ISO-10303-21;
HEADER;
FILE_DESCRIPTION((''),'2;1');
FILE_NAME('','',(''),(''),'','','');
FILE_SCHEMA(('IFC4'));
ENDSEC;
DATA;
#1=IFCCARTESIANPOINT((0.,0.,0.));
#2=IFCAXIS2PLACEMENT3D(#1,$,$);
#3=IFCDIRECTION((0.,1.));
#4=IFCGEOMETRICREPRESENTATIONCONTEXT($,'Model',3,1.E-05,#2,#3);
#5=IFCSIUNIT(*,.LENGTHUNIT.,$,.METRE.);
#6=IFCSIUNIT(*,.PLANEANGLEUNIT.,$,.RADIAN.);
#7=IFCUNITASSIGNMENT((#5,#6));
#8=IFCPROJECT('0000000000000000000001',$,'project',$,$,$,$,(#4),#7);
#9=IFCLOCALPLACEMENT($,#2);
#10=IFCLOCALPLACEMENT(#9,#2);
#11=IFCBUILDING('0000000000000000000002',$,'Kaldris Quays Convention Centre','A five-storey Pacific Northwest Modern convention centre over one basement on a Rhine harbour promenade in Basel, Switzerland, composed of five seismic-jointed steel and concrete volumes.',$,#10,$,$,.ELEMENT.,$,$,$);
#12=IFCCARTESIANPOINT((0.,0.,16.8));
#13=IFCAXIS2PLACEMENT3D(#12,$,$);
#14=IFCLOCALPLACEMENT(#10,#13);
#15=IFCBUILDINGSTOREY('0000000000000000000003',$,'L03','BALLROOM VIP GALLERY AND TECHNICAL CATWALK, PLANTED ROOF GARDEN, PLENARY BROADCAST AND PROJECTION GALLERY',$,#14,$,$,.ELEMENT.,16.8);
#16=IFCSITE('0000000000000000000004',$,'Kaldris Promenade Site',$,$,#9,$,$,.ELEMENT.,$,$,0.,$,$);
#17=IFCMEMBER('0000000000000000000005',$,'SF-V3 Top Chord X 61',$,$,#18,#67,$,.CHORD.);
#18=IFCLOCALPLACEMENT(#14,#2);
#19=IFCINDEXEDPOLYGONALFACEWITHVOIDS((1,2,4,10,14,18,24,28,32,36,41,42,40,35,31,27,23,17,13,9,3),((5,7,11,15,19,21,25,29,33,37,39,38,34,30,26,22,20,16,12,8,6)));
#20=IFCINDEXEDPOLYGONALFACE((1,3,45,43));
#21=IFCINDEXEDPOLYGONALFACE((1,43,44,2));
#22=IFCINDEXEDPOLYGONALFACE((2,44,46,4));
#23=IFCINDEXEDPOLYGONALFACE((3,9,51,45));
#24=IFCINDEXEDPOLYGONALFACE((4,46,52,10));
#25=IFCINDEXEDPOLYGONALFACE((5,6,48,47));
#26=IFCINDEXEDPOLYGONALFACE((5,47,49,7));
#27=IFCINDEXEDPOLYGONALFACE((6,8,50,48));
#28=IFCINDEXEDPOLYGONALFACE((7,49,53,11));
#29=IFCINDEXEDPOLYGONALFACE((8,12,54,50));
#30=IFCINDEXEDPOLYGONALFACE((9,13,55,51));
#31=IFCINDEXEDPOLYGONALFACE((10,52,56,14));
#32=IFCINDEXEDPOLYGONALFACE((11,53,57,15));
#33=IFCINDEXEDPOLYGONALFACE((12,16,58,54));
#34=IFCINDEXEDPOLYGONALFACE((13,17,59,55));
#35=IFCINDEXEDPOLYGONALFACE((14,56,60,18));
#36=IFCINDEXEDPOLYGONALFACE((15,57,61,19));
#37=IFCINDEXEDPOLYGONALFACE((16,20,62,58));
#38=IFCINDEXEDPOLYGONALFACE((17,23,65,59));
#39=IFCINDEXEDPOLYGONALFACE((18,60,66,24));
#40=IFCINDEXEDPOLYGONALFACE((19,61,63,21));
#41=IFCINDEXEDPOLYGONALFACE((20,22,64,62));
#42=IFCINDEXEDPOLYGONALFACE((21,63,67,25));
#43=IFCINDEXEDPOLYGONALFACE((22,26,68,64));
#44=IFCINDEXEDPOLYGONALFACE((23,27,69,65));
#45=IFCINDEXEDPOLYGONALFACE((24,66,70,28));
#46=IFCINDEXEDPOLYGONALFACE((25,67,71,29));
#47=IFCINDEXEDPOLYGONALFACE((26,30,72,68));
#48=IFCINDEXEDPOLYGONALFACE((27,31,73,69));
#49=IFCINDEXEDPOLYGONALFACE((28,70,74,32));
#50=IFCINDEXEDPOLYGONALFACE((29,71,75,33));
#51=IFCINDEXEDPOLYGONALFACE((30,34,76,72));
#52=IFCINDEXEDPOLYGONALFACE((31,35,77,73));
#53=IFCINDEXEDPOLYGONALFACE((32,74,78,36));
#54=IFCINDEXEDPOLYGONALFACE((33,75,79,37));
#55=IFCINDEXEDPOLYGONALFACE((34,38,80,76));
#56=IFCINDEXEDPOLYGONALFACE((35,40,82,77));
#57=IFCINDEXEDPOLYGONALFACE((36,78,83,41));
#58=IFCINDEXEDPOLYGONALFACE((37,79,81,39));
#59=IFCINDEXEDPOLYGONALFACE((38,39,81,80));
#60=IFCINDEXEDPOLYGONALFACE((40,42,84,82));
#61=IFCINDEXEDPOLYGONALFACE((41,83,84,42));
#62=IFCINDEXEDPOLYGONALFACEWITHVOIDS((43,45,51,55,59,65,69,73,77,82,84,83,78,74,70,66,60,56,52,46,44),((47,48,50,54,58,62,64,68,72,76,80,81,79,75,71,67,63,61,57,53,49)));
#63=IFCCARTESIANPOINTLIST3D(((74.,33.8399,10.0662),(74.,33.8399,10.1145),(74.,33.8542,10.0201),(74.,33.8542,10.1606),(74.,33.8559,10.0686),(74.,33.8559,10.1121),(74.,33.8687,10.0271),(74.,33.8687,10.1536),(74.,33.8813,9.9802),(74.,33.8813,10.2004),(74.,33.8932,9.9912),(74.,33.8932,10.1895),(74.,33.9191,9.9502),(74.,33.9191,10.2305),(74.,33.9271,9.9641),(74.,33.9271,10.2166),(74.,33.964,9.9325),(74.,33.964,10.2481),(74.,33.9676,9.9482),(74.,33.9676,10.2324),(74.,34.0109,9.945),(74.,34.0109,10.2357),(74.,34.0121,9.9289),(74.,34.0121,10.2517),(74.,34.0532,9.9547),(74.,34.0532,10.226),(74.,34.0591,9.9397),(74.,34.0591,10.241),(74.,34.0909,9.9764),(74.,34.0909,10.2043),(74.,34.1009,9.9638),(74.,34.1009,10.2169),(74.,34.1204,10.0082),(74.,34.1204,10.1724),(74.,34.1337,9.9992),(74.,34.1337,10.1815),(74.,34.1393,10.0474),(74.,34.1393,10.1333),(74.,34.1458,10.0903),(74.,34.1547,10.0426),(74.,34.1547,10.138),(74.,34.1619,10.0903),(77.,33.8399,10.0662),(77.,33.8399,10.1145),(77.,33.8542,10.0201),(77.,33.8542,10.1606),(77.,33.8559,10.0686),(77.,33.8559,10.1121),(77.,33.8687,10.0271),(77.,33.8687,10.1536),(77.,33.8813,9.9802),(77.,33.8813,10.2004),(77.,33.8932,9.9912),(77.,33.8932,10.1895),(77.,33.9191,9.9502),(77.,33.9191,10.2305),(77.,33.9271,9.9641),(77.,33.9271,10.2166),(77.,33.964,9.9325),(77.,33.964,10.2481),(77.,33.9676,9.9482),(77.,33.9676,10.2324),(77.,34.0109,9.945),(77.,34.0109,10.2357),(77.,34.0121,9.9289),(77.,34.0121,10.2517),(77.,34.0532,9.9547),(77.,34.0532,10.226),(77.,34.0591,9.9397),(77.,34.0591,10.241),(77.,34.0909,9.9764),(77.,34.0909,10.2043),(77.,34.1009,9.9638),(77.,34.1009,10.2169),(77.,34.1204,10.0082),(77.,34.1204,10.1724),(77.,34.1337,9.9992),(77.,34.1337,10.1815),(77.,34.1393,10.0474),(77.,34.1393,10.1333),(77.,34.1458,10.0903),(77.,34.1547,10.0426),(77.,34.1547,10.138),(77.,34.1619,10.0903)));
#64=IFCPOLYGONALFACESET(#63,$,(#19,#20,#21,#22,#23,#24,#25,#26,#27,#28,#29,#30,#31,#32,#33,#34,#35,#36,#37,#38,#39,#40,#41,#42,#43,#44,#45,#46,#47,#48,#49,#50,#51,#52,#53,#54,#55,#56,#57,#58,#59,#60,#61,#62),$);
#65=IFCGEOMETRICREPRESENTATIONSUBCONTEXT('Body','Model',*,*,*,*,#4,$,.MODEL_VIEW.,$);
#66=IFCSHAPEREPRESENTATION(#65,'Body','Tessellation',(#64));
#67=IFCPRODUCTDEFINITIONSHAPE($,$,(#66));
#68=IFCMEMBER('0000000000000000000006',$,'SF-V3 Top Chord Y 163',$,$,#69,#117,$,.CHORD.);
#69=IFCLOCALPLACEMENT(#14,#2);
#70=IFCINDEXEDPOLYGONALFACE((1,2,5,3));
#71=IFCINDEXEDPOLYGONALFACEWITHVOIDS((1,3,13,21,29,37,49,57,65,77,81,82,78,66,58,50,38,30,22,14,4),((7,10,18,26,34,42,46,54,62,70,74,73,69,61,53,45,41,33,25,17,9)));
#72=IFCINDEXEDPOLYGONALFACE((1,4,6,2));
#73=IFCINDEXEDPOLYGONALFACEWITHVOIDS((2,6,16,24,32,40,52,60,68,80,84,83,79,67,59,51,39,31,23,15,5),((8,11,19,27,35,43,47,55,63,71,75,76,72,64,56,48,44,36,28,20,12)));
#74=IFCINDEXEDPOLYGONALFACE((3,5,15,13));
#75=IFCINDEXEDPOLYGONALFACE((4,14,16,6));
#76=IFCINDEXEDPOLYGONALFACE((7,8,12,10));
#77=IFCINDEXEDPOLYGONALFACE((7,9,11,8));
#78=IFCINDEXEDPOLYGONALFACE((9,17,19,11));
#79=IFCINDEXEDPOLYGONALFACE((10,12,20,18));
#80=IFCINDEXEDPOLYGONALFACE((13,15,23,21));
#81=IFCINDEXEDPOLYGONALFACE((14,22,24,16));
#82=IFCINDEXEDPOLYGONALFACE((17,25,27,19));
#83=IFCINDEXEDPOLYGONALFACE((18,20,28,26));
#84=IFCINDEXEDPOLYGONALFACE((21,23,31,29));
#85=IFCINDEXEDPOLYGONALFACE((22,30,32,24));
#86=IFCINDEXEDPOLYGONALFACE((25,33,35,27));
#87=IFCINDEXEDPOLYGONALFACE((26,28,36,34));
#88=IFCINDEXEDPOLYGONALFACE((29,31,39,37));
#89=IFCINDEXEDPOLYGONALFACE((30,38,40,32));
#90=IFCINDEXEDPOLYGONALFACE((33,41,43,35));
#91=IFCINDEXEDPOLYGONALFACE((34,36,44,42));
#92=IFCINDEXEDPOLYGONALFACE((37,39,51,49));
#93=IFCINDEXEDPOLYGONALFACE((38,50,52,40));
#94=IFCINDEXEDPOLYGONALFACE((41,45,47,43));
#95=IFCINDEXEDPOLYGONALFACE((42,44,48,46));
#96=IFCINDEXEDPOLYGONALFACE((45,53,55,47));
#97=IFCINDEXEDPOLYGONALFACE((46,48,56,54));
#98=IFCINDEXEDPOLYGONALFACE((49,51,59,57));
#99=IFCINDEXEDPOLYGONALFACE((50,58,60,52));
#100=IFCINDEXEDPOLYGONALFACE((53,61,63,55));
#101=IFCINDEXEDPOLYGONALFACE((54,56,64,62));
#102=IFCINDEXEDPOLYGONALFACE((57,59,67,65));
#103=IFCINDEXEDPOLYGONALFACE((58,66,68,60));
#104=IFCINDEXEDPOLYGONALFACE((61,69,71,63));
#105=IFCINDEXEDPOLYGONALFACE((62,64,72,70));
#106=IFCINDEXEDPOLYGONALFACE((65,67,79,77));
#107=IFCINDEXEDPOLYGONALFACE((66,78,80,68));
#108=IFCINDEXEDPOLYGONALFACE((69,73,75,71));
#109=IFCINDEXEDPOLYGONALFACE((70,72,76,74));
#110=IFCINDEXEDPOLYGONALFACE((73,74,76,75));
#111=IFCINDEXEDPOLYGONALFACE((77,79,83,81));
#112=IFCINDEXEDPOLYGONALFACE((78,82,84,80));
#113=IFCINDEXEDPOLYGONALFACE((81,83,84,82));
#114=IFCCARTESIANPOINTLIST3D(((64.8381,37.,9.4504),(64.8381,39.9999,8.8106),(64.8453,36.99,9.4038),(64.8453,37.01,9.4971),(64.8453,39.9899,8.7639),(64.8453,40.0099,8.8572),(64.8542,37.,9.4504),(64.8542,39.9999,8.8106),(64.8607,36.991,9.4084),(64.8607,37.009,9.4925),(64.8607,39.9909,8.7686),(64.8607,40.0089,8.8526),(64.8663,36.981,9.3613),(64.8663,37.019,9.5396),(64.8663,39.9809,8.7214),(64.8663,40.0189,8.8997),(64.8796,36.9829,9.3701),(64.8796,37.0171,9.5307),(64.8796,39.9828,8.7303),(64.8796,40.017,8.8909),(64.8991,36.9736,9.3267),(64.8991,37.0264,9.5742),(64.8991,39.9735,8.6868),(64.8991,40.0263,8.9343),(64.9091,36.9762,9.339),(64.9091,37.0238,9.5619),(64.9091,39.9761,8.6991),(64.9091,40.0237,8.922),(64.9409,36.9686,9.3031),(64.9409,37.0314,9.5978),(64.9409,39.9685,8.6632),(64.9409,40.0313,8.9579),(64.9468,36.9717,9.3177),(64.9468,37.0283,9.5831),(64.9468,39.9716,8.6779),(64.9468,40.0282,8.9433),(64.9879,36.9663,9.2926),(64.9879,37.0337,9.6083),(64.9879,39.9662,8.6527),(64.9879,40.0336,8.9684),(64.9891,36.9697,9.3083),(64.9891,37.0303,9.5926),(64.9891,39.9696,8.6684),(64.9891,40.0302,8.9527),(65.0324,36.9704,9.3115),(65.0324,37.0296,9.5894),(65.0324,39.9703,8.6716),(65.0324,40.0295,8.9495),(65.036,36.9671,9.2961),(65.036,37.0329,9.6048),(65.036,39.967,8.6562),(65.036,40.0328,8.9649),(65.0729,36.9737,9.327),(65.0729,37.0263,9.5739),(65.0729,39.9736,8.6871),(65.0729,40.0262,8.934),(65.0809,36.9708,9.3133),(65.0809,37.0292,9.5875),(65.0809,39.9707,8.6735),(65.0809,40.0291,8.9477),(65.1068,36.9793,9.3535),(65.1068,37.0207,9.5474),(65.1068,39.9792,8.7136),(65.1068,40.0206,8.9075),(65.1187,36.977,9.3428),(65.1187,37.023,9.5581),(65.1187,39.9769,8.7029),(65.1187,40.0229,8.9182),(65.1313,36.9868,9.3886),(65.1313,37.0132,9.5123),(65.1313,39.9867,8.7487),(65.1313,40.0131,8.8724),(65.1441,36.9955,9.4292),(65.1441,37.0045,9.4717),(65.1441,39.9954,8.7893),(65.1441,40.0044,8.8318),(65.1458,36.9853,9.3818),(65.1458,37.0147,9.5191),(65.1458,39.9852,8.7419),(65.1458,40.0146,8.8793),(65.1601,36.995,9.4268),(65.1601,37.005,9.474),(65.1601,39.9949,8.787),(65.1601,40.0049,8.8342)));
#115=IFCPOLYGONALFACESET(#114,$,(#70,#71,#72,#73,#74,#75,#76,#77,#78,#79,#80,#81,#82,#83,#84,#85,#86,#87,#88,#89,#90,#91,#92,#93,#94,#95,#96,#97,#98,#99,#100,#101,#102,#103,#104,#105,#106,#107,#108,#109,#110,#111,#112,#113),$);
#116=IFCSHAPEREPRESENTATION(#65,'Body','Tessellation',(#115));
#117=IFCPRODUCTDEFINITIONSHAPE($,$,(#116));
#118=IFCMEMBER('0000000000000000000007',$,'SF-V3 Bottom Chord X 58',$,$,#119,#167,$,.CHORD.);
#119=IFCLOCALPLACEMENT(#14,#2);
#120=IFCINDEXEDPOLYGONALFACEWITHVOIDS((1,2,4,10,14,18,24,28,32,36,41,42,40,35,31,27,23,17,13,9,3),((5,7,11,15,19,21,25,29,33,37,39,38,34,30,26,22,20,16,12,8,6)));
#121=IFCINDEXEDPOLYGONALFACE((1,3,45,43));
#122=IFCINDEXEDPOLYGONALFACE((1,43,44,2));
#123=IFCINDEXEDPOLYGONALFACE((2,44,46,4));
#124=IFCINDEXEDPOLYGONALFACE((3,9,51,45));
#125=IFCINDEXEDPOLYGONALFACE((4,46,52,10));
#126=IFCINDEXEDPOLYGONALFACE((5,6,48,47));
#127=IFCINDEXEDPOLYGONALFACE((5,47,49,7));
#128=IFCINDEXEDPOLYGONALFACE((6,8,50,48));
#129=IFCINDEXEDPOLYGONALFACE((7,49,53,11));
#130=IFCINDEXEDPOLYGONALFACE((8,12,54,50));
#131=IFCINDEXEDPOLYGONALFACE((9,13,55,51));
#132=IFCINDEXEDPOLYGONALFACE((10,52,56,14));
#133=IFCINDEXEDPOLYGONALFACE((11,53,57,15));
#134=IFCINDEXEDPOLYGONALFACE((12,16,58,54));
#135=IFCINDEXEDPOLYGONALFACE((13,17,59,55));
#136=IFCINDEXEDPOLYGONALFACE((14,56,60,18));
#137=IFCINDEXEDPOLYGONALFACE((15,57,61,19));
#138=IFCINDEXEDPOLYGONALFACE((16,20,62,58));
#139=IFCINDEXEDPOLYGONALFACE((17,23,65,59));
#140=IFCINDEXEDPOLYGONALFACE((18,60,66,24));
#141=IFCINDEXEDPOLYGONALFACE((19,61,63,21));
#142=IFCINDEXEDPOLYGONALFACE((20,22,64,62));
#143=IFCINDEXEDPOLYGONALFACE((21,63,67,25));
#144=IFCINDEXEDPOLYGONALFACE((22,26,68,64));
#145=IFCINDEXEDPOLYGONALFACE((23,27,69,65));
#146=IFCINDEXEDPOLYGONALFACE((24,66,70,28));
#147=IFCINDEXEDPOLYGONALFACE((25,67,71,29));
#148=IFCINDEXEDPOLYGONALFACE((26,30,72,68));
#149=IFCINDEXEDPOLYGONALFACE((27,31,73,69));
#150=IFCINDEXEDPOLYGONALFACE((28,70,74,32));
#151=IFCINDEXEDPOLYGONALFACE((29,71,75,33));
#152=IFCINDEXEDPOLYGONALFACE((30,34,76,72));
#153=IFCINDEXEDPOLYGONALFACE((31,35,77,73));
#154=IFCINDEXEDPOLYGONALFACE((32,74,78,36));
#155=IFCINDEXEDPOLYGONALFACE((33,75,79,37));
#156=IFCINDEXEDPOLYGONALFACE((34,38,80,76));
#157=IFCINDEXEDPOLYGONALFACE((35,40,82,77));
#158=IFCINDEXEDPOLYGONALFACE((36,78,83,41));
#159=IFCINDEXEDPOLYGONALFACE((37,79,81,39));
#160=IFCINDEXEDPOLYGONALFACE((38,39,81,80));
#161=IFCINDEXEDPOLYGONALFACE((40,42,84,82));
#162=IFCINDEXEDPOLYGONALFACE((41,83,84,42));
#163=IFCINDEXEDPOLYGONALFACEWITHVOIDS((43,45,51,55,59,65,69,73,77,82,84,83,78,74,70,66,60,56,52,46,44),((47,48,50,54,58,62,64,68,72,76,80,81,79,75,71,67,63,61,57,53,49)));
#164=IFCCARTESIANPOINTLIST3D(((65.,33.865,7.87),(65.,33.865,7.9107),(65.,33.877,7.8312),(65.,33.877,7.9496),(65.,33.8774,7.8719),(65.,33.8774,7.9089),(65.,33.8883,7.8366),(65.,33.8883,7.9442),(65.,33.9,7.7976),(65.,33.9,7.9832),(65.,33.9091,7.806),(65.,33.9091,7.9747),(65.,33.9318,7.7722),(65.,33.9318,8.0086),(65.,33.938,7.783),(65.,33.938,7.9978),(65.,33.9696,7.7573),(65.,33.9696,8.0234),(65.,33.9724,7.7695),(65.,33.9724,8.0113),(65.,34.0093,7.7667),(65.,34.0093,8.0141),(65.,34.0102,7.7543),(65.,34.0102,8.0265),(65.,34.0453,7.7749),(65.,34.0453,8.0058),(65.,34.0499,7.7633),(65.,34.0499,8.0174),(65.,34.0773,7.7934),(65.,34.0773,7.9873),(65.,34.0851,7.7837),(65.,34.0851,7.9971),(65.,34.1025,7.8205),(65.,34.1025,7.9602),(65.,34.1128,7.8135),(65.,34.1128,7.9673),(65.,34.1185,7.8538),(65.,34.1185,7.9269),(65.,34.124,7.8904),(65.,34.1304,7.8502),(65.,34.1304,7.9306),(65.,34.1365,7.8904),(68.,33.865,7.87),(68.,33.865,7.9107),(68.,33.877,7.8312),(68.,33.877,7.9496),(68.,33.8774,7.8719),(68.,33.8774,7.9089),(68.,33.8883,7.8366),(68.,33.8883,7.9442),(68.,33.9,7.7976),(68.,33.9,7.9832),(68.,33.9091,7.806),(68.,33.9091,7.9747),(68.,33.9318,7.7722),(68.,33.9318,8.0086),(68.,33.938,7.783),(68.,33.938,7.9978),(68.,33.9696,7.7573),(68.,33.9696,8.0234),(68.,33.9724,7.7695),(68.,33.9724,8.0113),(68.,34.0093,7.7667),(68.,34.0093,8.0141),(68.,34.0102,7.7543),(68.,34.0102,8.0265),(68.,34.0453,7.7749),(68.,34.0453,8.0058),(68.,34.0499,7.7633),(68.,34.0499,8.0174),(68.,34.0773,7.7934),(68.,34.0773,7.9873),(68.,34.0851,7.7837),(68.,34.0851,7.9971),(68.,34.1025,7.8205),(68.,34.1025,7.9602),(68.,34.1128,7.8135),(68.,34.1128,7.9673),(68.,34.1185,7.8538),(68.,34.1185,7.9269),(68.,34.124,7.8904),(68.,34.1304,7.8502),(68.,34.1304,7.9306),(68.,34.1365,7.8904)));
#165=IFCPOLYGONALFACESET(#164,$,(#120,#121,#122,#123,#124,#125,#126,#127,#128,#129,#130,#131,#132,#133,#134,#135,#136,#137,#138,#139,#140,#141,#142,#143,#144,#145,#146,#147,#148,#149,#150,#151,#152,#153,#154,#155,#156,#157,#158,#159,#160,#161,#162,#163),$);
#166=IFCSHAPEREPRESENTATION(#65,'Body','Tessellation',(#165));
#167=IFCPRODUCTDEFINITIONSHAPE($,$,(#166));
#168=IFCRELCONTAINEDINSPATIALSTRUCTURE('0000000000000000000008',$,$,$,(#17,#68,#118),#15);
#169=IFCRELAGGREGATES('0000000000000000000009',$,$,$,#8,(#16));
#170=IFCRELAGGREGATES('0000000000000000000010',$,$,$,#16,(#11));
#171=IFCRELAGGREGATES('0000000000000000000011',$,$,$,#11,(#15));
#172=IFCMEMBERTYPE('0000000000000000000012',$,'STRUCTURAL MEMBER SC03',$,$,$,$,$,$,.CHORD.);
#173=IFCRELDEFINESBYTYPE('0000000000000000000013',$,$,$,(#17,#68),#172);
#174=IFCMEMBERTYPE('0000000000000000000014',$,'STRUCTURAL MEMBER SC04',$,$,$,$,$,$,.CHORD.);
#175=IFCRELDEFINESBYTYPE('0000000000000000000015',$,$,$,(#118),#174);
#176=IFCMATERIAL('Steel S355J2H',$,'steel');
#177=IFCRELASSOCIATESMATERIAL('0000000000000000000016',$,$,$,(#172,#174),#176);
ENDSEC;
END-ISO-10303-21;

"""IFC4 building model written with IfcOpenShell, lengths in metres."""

from ifc_helpers import new_model, si_unit, direction, frame, origin, origin_2d, place, context, subcontext, project, spatial, hollow_circle, extrude, material, material_profile, profile_set, type_object, element, save


model = new_model("IFC4")

# Units and contexts
model_context = context("Model", 3, precision=1e-05, world=origin(), true_north=direction((0.0, 1.0)))
body_context = subcontext(model_context, "Body", "Model", "MODEL_VIEW")
ifc_project = project(units=[si_unit("LENGTHUNIT", "METRE"), si_unit("PLANEANGLEUNIT", "RADIAN")], contexts=[model_context])

# Site, building, storey
site_placement = place(None, origin())
site = spatial("IfcSite", under=ifc_project, at=site_placement, Name="Kaldris Promenade Site", CompositionType="ELEMENT", RefElevation=0.0)
building_placement = place(site_placement, origin())
building = spatial("IfcBuilding", under=site, at=building_placement, Name="Kaldris Quays Convention Centre", Description="A five-storey Pacific Northwest Modern convention centre over one basement on a Rhine harbour promenade in Basel, Switzerland, composed of five seismic-jointed steel and concrete volumes.", CompositionType="ELEMENT")
storey_placement = place(building_placement, frame((0.0, 0.0, 16.8)))
storey = spatial("IfcBuildingStorey", under=building, at=storey_placement, Name="L03", Description="BALLROOM VIP GALLERY AND TECHNICAL CATWALK, PLANTED ROOF GARDEN, PLENARY BROADCAST AND PROJECTION GALLERY", CompositionType="ELEMENT", Elevation=16.8)

# Members
ifc_material_1 = material(Name="Steel S355J2H", Category="steel")
ifc_material_profile_1 = material_profile(ifc_material_1, hollow_circle(Radius=0.1619, WallThickness=0.0161, at=origin_2d()), Name="CHS 323.9x16")
ifc_profile_set_1 = profile_set([ifc_material_profile_1], Name="Steel S355J2H")
member_type_1 = type_object("IfcMemberType", Name="STRUCTURAL MEMBER SC03", PredefinedType="CHORD", material=ifc_profile_set_1)
for number, where, z_axis, x_axis, name in (
    (1, (74.0, 34.0, 10.0903), (1.0, 0.0, 0.0), (0.0, 1.0, 0.0), "SF-V3 Top Chord X 61"),
):
    element("IfcMember", number, at=place(storey_placement, frame(where, z_axis=z_axis, x_axis=x_axis)), inside=storey, type_object=member_type_1, Name=name, PredefinedType="CHORD", context=body_context, shape_type="SweptSolid", body=[
        extrude(hollow_circle(Radius=0.1619, WallThickness=0.0161, at=origin_2d()), origin(), (0.0, 0.0, 1.0), 3.0),
    ])
member_1_placement = place(storey_placement, frame((65.0, 37.0, 9.4504), z_axis=(0.0, 0.978, -0.208605), x_axis=(-1.0, 0.0, 0.0)))
element("IfcMember", 2, at=member_1_placement, inside=storey, type_object=member_type_1, Name="SF-V3 Top Chord Y 163", PredefinedType="CHORD", context=body_context, shape_type="SweptSolid", body=[
    extrude(hollow_circle(Radius=0.1619, WallThickness=0.0161, at=origin_2d()), origin(), (0.0, 0.0, 1.0), 3.0674),
])
ifc_material_profile_2 = material_profile(ifc_material_1, hollow_circle(Radius=0.1365, WallThickness=0.0125, at=origin_2d()), Name="CHS 273x12.5")
ifc_profile_set_2 = profile_set([ifc_material_profile_2], Name="Steel S355J2H")
member_type_2 = type_object("IfcMemberType", Name="STRUCTURAL MEMBER SC04", PredefinedType="CHORD", material=ifc_profile_set_2)
for number, where, z_axis, x_axis, name in (
    (3, (65.0, 34.0, 7.8904), (1.0, 0.0, 0.0), (0.0, 1.0, 0.0), "SF-V3 Bottom Chord X 58"),
):
    element("IfcMember", number, at=place(storey_placement, frame(where, z_axis=z_axis, x_axis=x_axis)), inside=storey, type_object=member_type_2, Name=name, PredefinedType="CHORD", context=body_context, shape_type="SweptSolid", body=[
        extrude(hollow_circle(Radius=0.1365, WallThickness=0.0125, at=origin_2d()), origin(), (0.0, 0.0, 1.0), 3.0),
    ])

save(model, "model.ifc")
